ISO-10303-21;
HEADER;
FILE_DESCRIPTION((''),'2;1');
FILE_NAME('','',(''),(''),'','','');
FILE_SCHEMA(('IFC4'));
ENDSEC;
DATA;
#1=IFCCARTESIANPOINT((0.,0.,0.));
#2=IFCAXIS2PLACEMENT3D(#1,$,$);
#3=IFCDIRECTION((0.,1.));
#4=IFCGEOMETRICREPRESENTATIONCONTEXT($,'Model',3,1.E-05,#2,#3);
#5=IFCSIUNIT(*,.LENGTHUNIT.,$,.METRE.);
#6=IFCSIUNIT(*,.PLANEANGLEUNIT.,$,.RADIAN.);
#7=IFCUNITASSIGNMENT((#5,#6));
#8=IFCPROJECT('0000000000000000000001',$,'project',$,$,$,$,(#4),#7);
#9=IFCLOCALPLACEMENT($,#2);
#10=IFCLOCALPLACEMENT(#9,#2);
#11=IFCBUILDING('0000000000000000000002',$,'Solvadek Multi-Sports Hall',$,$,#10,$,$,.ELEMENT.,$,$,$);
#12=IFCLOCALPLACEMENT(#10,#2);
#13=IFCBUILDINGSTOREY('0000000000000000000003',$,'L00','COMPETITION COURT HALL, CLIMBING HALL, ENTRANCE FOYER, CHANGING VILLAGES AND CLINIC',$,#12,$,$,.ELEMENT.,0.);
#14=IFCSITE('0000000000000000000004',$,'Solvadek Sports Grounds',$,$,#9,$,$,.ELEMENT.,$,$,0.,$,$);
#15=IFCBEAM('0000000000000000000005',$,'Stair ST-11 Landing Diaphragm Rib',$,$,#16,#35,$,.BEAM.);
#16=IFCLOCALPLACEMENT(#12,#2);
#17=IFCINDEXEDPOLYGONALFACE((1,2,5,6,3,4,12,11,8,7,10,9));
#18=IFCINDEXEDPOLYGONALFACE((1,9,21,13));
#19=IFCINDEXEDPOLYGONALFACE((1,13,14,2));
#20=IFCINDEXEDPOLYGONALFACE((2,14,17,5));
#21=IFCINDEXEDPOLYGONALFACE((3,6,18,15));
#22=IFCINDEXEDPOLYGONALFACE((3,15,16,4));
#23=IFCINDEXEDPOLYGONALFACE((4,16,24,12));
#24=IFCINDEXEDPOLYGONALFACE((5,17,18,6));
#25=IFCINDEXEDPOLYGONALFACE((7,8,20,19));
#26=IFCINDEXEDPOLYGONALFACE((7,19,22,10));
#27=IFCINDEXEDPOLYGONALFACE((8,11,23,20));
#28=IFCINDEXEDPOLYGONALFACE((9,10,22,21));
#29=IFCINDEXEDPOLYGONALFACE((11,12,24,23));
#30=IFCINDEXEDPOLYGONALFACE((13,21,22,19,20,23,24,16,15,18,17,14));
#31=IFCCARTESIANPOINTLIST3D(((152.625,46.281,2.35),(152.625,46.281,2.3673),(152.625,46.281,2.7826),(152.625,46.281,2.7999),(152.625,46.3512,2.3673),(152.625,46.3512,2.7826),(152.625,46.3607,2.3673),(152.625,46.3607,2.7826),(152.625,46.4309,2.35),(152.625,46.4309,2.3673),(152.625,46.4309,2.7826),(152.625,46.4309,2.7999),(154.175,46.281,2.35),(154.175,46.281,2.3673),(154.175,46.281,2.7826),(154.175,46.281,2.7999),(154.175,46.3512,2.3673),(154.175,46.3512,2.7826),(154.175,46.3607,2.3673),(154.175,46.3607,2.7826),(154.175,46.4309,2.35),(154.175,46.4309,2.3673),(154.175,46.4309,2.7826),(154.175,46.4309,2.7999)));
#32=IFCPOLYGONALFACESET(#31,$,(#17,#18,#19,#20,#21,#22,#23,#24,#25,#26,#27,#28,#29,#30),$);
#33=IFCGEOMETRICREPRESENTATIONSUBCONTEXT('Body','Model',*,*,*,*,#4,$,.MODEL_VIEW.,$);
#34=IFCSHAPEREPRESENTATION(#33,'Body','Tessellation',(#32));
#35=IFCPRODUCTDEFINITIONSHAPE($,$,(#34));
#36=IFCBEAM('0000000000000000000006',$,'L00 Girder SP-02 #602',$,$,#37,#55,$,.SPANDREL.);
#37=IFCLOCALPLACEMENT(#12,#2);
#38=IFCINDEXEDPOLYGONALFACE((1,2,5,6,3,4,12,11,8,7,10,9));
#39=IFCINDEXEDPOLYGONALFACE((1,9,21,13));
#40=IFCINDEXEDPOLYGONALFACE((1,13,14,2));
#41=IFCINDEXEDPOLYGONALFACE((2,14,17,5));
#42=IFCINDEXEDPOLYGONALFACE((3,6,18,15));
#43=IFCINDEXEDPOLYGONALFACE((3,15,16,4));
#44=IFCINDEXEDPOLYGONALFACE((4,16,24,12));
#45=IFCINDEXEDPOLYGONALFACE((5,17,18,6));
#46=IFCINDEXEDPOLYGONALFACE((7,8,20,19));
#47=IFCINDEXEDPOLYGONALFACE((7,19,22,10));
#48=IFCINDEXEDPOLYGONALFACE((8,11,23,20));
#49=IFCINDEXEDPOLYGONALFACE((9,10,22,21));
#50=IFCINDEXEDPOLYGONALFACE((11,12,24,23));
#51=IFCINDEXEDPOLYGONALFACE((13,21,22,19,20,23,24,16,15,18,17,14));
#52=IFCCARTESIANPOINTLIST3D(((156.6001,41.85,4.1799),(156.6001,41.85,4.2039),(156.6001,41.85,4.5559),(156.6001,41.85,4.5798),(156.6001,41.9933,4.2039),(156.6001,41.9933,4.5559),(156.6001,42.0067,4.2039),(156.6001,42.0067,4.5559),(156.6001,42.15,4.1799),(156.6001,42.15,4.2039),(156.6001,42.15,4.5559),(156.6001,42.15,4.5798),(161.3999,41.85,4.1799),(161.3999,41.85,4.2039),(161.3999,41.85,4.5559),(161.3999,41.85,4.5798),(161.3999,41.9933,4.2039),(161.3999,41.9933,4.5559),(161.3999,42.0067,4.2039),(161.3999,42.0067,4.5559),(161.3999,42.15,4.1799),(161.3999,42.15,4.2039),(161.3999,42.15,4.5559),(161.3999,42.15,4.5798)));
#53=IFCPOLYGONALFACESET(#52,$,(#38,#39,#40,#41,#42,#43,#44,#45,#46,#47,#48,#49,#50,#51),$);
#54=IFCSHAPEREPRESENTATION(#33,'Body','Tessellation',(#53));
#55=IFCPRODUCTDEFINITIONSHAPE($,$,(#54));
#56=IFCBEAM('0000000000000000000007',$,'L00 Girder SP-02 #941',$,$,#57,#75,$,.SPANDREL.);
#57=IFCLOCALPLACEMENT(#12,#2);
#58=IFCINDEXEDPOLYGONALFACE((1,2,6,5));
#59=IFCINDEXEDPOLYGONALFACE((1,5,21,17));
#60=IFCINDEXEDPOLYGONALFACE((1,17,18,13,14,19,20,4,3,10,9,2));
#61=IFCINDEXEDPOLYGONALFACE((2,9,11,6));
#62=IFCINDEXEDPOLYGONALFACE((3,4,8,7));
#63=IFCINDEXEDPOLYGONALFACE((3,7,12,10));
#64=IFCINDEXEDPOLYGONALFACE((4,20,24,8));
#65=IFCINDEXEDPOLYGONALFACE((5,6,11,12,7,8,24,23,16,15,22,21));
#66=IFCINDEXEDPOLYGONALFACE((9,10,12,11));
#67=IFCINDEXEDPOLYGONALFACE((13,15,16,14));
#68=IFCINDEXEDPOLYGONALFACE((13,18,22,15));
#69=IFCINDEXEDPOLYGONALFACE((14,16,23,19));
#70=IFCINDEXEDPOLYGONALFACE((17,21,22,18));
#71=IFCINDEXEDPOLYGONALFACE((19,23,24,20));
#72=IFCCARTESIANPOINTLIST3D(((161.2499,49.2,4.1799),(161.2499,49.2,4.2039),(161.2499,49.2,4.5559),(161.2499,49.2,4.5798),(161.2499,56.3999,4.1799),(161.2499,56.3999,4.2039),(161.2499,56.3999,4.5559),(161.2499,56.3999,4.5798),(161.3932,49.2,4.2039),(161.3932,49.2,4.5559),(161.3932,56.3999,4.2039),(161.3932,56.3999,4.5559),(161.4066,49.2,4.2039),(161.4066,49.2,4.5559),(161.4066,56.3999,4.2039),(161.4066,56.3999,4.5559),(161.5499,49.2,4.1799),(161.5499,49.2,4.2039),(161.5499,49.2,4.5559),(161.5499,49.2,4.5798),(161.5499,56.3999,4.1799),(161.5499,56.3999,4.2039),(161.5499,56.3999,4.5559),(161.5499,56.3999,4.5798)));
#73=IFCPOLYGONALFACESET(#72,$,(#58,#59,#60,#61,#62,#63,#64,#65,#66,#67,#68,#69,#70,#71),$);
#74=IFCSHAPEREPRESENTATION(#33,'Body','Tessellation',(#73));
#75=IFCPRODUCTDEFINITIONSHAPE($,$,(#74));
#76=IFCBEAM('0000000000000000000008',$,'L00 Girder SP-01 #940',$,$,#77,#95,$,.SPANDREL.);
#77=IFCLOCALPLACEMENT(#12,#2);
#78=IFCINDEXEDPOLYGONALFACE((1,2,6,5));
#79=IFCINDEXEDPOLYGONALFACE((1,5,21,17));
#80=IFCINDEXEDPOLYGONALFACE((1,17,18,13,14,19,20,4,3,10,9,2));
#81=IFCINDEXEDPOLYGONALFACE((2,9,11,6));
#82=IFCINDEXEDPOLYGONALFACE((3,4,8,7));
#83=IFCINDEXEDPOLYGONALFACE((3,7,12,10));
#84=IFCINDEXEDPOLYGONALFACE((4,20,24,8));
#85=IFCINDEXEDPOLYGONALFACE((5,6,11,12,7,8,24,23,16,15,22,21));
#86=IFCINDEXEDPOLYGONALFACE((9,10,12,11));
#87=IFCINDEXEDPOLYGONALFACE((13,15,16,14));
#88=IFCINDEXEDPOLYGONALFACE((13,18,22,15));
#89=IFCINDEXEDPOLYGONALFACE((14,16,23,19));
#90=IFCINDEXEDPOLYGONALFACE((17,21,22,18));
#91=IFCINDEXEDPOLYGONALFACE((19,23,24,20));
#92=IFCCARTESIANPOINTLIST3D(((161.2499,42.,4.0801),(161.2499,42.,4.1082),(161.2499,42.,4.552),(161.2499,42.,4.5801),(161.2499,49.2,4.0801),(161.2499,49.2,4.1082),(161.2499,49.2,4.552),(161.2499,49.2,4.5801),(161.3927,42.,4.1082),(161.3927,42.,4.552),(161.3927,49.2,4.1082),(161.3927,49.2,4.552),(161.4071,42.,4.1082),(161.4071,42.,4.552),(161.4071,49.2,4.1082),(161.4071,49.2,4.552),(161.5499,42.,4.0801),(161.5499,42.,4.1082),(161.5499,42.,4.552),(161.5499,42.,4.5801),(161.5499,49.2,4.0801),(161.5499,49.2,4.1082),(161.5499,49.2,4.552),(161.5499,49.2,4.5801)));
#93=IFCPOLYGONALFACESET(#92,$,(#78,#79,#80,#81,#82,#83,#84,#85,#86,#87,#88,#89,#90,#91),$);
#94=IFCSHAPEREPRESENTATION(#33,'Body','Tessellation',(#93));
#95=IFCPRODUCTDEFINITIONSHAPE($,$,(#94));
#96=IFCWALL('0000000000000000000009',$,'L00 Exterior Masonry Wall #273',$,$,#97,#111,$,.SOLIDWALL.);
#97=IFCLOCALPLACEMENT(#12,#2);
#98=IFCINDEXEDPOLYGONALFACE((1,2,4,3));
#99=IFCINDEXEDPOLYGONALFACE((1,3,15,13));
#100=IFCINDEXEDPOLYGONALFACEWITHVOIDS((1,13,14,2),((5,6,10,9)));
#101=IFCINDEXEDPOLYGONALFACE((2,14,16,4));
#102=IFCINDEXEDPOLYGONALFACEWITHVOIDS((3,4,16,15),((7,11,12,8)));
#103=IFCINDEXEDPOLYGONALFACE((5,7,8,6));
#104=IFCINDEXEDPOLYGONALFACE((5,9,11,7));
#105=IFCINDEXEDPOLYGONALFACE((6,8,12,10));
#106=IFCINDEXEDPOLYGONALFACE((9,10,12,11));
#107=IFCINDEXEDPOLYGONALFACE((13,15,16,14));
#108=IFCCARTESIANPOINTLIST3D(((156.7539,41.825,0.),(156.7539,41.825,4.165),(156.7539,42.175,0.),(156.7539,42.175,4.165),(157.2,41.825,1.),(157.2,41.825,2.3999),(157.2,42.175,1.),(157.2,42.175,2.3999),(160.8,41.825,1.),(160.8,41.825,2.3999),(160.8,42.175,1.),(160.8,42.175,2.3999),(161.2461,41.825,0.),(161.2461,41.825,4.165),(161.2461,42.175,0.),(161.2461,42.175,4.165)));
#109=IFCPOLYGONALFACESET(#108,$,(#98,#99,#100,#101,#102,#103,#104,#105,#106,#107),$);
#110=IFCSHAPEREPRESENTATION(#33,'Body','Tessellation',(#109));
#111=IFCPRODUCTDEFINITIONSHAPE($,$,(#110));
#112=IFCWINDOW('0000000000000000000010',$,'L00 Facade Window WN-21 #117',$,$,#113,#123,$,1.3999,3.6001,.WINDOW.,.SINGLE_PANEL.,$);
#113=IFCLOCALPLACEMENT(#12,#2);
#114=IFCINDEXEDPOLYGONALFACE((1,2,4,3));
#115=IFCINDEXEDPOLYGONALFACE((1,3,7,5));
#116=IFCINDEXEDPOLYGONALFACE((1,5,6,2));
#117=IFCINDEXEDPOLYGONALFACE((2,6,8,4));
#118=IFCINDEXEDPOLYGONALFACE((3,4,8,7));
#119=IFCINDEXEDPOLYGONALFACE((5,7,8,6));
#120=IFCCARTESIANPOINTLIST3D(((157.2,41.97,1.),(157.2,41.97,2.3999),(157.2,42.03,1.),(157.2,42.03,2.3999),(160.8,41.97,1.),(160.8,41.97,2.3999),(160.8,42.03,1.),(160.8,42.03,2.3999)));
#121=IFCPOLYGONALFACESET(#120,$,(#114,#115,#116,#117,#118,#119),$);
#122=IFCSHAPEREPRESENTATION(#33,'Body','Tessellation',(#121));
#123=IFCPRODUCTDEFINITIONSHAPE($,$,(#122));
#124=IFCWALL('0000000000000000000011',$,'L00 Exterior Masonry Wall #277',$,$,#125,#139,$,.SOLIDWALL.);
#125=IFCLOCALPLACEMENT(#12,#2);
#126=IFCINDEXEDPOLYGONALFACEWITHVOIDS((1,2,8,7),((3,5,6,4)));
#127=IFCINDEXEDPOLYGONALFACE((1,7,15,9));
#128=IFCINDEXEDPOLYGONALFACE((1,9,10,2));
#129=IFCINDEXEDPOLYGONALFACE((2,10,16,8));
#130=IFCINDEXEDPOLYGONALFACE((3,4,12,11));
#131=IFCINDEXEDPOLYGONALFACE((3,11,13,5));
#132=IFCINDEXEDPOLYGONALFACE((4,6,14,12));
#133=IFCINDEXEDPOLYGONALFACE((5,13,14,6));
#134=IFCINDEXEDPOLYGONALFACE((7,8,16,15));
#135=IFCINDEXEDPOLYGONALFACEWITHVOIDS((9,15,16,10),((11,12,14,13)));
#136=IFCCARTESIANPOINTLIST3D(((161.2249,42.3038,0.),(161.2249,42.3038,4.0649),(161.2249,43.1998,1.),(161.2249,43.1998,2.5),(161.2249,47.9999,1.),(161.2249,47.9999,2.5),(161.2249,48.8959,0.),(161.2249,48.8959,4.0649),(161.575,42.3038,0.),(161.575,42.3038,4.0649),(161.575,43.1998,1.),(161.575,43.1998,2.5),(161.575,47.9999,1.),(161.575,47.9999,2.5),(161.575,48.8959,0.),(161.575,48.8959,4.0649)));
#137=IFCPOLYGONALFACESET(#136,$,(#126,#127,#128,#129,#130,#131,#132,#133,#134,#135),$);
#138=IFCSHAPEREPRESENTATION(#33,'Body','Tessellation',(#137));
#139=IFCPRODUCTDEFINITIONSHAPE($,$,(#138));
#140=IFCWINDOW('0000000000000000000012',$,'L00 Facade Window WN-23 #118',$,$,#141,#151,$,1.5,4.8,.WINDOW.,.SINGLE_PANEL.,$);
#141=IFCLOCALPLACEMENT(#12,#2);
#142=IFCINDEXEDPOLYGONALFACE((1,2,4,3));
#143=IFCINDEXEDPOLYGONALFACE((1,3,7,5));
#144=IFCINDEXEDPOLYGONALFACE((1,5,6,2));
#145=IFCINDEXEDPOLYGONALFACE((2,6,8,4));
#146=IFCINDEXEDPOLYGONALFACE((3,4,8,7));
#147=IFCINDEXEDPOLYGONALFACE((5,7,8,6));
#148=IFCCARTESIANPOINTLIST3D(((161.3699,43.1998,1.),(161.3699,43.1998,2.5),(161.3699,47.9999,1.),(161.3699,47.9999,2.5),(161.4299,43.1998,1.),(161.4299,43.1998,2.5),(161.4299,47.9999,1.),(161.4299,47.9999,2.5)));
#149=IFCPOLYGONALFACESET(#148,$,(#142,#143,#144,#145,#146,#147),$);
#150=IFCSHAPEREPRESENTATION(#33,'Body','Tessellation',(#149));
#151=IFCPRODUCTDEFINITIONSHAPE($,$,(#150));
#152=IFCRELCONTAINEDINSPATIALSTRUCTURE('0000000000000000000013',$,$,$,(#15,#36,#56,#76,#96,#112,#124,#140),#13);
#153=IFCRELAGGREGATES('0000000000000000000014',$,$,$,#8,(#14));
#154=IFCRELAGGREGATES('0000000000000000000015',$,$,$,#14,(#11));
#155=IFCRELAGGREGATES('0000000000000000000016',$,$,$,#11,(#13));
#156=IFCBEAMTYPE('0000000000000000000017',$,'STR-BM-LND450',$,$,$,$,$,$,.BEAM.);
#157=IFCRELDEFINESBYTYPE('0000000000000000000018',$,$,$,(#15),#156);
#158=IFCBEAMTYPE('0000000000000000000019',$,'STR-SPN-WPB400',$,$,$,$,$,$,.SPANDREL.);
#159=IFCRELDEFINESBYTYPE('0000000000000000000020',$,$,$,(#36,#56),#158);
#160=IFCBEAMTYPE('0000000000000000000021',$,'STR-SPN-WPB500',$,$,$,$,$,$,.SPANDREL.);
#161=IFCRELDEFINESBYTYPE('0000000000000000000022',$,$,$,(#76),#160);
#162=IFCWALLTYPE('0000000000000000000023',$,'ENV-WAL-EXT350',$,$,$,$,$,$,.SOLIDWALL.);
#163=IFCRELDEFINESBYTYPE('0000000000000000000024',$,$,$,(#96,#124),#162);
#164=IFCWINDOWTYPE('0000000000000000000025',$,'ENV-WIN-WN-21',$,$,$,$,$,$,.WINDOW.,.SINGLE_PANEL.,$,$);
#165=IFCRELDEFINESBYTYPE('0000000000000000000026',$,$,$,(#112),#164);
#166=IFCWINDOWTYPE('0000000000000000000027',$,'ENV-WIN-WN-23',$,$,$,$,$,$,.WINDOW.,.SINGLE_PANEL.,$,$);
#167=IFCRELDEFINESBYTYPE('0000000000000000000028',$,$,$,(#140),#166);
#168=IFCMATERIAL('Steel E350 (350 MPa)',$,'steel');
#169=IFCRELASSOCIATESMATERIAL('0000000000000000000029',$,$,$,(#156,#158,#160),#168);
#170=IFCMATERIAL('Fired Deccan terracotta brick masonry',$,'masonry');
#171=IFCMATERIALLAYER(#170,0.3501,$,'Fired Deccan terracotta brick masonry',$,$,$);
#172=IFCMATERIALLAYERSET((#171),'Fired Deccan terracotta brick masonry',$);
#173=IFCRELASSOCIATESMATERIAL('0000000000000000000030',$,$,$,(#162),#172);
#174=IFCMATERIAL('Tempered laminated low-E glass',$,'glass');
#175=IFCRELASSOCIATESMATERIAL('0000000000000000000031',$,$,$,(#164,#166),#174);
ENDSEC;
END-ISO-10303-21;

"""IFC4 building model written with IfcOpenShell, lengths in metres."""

from ifc_helpers import new_model, si_unit, direction, frame, frame_2d, origin, origin_2d, place, context, subcontext, project, spatial, rectangle, i_section, extrude, material, layer, layer_set, material_profile, profile_set, type_object, element, fill, save


model = new_model("IFC4")

# Units and contexts
model_context = context("Model", 3, precision=1e-05, world=origin(), true_north=direction((0.0, 1.0)))
body_context = subcontext(model_context, "Body", "Model", "MODEL_VIEW")
ifc_project = project(units=[si_unit("LENGTHUNIT", "METRE"), si_unit("PLANEANGLEUNIT", "RADIAN")], contexts=[model_context])

# Site, building, storey
site_placement = place(None, origin())
site = spatial("IfcSite", under=ifc_project, at=site_placement, Name="Solvadek Sports Grounds", CompositionType="ELEMENT", RefElevation=0.0)
building_placement = place(site_placement, origin())
building = spatial("IfcBuilding", under=site, at=building_placement, Name="Solvadek Multi-Sports Hall", CompositionType="ELEMENT")
storey_placement = place(building_placement, origin())
storey = spatial("IfcBuildingStorey", under=building, at=storey_placement, Name="L00", Description="COMPETITION COURT HALL, CLIMBING HALL, ENTRANCE FOYER, CHANGING VILLAGES AND CLINIC", CompositionType="ELEMENT", Elevation=0.0)

# Shared definitions
ifc_material_1 = material(Name="Steel E350 (350 MPa)", Category="steel")

# Beams
ifc_material_profile_1 = material_profile(ifc_material_1, i_section(OverallWidth=0.1499, OverallDepth=0.45, WebThickness=0.0095, FlangeThickness=0.0173, at=origin_2d()), Name="ISMB 450")
ifc_profile_set_1 = profile_set([ifc_material_profile_1], Name="Steel E350 (350 MPa)")
beam_type_1 = type_object("IfcBeamType", Name="STR-BM-LND450", PredefinedType="BEAM", material=ifc_profile_set_1)
beam_1_placement = place(storey_placement, frame((152.625, 46.356, 2.575), z_axis=(1.0, 0.0, 0.0), x_axis=(0.0, 1.0, 0.0)))
element("IfcBeam", 1, at=beam_1_placement, inside=storey, type_object=beam_type_1, Name="Stair ST-11 Landing Diaphragm Rib", PredefinedType="BEAM", context=body_context, shape_type="SweptSolid", body=[
    extrude(i_section(OverallWidth=0.1499, OverallDepth=0.45, WebThickness=0.0095, FlangeThickness=0.0173, at=origin_2d()), origin(), (0.0, 0.0, 1.0), 1.55),
])
ifc_material_profile_2 = material_profile(ifc_material_1, i_section(OverallWidth=0.3, OverallDepth=0.3999, WebThickness=0.0134, FlangeThickness=0.0239, at=origin_2d()), Name="WPB 400")
ifc_profile_set_2 = profile_set([ifc_material_profile_2], Name="Steel E350 (350 MPa)")
beam_type_2 = type_object("IfcBeamType", Name="STR-SPN-WPB400", PredefinedType="SPANDREL", material=ifc_profile_set_2)
beam_2_placement = place(storey_placement, frame((156.6001, 42.0, 4.3799), z_axis=(1.0, 0.0, 0.0), x_axis=(0.0, 1.0, 0.0)))
element("IfcBeam", 2, at=beam_2_placement, inside=storey, type_object=beam_type_2, Name="L00 Girder SP-02 #602", PredefinedType="SPANDREL", context=body_context, shape_type="SweptSolid", body=[
    extrude(i_section(OverallWidth=0.3, OverallDepth=0.3999, WebThickness=0.0134, FlangeThickness=0.0239, at=origin_2d()), origin(), (0.0, 0.0, 1.0), 4.7998),
])
beam_3_placement = place(storey_placement, frame((161.3999, 49.2, 4.3799), z_axis=(0.0, 1.0, 0.0), x_axis=(-1.0, 0.0, 0.0)))
element("IfcBeam", 3, at=beam_3_placement, inside=storey, type_object=beam_type_2, Name="L00 Girder SP-02 #941", PredefinedType="SPANDREL", context=body_context, shape_type="SweptSolid", body=[
    extrude(i_section(OverallWidth=0.3, OverallDepth=0.3999, WebThickness=0.0134, FlangeThickness=0.0239, at=origin_2d()), origin(), (0.0, 0.0, 1.0), 7.2),
])
ifc_material_profile_3 = material_profile(ifc_material_1, i_section(OverallWidth=0.3, OverallDepth=0.5, WebThickness=0.0144, FlangeThickness=0.0281, at=origin_2d()), Name="WPB 500")
ifc_profile_set_3 = profile_set([ifc_material_profile_3], Name="Steel E350 (350 MPa)")
beam_type_3 = type_object("IfcBeamType", Name="STR-SPN-WPB500", PredefinedType="SPANDREL", material=ifc_profile_set_3)
beam_4_placement = place(storey_placement, frame((161.3999, 42.0, 4.3301), z_axis=(0.0, 1.0, 0.0), x_axis=(-1.0, 0.0, 0.0)))
element("IfcBeam", 4, at=beam_4_placement, inside=storey, type_object=beam_type_3, Name="L00 Girder SP-01 #940", PredefinedType="SPANDREL", context=body_context, shape_type="SweptSolid", body=[
    extrude(i_section(OverallWidth=0.3, OverallDepth=0.5, WebThickness=0.0144, FlangeThickness=0.0281, at=origin_2d()), origin(), (0.0, 0.0, 1.0), 7.2),
])

# Walls, openings, windows
ifc_material_2 = material(Name="Fired Deccan terracotta brick masonry", Category="masonry")
ifc_layer_1 = layer(ifc_material_2, 0.3501, Name="Fired Deccan terracotta brick masonry")
ifc_layer_set_1 = layer_set([ifc_layer_1], Name="Fired Deccan terracotta brick masonry")
wall_type = type_object("IfcWallType", Name="ENV-WAL-EXT350", PredefinedType="SOLIDWALL", material=ifc_layer_set_1)
wall_1_placement = place(storey_placement, frame((156.7539, 42.0, 0.0), z_axis=(0.0, 0.0, 1.0), x_axis=(1.0, 0.0, 0.0)))
wall_1 = element("IfcWall", 5, at=wall_1_placement, inside=storey, type_object=wall_type, Name="L00 Exterior Masonry Wall #273", PredefinedType="SOLIDWALL", context=body_context, shape_type="SweptSolid", body=[
    extrude(rectangle(XDim=4.4922, YDim=0.3501, at=frame_2d((2.2461, 0.0))), origin(), (0.0, 0.0, 1.0), 4.165),
])
opening_1_placement = place(wall_1_placement, frame((0.446, 0.0, 1.0)))
opening_1 = element("IfcOpeningElement", 6, at=opening_1_placement, cuts=wall_1, PredefinedType="OPENING", context=body_context, shape_type="SweptSolid", body=[
    extrude(rectangle(XDim=3.6001, YDim=1.3999, at=frame_2d((1.8, 0.7))), frame((0.0, 0.1851, 0.0), z_axis=(0.0, -1.0, 0.0), x_axis=(1.0, 0.0, 0.0)), (0.0, 0.0, 1.0), 0.3701),
])
ifc_material_3 = material(Name="Tempered laminated low-E glass", Category="glass")
window_type_1 = type_object("IfcWindowType", Name="ENV-WIN-WN-21", PartitioningType="SINGLE_PANEL", PredefinedType="WINDOW", material=ifc_material_3)
window_1_placement = place(opening_1_placement, origin())
window_1 = element("IfcWindow", 7, at=window_1_placement, inside=storey, type_object=window_type_1, Name="L00 Facade Window WN-21 #117", OverallHeight=1.3999, OverallWidth=3.6001, PartitioningType="SINGLE_PANEL", PredefinedType="WINDOW", context=body_context, shape_type="SweptSolid", body=[
    extrude(rectangle(XDim=3.6001, YDim=1.3999, at=frame_2d((1.8, 0.7))), frame((0.0, 0.03, 0.0), z_axis=(0.0, -1.0, 0.0), x_axis=(1.0, 0.0, 0.0)), (0.0, 0.0, 1.0), 0.0601),
])
fill(opening_1, window_1)
wall_2_placement = place(storey_placement, frame((161.3999, 42.304, 0.0), z_axis=(0.0, 0.0, 1.0), x_axis=(0.0, 1.0, 0.0)))
wall_2 = element("IfcWall", 8, at=wall_2_placement, inside=storey, type_object=wall_type, Name="L00 Exterior Masonry Wall #277", PredefinedType="SOLIDWALL", context=body_context, shape_type="SweptSolid", body=[
    extrude(rectangle(XDim=6.592, YDim=0.3501, at=frame_2d((3.2959, 0.0))), origin(), (0.0, 0.0, 1.0), 4.0649),
])
opening_2_placement = place(wall_2_placement, frame((0.896, 0.0, 1.0)))
opening_2 = element("IfcOpeningElement", 9, at=opening_2_placement, cuts=wall_2, PredefinedType="OPENING", context=body_context, shape_type="SweptSolid", body=[
    extrude(rectangle(XDim=4.8, YDim=1.5, at=frame_2d((2.3999, 0.75))), frame((0.0, 0.1851, 0.0), z_axis=(0.0, -1.0, 0.0), x_axis=(1.0, 0.0, 0.0)), (0.0, 0.0, 1.0), 0.3701),
])
window_type_2 = type_object("IfcWindowType", Name="ENV-WIN-WN-23", PartitioningType="SINGLE_PANEL", PredefinedType="WINDOW", material=ifc_material_3)
window_2_placement = place(opening_2_placement, origin())
window_2 = element("IfcWindow", 10, at=window_2_placement, inside=storey, type_object=window_type_2, Name="L00 Facade Window WN-23 #118", OverallHeight=1.5, OverallWidth=4.8, PartitioningType="SINGLE_PANEL", PredefinedType="WINDOW", context=body_context, shape_type="SweptSolid", body=[
    extrude(rectangle(XDim=4.8, YDim=1.5, at=frame_2d((2.3999, 0.75))), frame((0.0, 0.03, 0.0), z_axis=(0.0, -1.0, 0.0), x_axis=(1.0, 0.0, 0.0)), (0.0, 0.0, 1.0), 0.0601),
])
fill(opening_2, window_2)

save(model, "model.ifc")
